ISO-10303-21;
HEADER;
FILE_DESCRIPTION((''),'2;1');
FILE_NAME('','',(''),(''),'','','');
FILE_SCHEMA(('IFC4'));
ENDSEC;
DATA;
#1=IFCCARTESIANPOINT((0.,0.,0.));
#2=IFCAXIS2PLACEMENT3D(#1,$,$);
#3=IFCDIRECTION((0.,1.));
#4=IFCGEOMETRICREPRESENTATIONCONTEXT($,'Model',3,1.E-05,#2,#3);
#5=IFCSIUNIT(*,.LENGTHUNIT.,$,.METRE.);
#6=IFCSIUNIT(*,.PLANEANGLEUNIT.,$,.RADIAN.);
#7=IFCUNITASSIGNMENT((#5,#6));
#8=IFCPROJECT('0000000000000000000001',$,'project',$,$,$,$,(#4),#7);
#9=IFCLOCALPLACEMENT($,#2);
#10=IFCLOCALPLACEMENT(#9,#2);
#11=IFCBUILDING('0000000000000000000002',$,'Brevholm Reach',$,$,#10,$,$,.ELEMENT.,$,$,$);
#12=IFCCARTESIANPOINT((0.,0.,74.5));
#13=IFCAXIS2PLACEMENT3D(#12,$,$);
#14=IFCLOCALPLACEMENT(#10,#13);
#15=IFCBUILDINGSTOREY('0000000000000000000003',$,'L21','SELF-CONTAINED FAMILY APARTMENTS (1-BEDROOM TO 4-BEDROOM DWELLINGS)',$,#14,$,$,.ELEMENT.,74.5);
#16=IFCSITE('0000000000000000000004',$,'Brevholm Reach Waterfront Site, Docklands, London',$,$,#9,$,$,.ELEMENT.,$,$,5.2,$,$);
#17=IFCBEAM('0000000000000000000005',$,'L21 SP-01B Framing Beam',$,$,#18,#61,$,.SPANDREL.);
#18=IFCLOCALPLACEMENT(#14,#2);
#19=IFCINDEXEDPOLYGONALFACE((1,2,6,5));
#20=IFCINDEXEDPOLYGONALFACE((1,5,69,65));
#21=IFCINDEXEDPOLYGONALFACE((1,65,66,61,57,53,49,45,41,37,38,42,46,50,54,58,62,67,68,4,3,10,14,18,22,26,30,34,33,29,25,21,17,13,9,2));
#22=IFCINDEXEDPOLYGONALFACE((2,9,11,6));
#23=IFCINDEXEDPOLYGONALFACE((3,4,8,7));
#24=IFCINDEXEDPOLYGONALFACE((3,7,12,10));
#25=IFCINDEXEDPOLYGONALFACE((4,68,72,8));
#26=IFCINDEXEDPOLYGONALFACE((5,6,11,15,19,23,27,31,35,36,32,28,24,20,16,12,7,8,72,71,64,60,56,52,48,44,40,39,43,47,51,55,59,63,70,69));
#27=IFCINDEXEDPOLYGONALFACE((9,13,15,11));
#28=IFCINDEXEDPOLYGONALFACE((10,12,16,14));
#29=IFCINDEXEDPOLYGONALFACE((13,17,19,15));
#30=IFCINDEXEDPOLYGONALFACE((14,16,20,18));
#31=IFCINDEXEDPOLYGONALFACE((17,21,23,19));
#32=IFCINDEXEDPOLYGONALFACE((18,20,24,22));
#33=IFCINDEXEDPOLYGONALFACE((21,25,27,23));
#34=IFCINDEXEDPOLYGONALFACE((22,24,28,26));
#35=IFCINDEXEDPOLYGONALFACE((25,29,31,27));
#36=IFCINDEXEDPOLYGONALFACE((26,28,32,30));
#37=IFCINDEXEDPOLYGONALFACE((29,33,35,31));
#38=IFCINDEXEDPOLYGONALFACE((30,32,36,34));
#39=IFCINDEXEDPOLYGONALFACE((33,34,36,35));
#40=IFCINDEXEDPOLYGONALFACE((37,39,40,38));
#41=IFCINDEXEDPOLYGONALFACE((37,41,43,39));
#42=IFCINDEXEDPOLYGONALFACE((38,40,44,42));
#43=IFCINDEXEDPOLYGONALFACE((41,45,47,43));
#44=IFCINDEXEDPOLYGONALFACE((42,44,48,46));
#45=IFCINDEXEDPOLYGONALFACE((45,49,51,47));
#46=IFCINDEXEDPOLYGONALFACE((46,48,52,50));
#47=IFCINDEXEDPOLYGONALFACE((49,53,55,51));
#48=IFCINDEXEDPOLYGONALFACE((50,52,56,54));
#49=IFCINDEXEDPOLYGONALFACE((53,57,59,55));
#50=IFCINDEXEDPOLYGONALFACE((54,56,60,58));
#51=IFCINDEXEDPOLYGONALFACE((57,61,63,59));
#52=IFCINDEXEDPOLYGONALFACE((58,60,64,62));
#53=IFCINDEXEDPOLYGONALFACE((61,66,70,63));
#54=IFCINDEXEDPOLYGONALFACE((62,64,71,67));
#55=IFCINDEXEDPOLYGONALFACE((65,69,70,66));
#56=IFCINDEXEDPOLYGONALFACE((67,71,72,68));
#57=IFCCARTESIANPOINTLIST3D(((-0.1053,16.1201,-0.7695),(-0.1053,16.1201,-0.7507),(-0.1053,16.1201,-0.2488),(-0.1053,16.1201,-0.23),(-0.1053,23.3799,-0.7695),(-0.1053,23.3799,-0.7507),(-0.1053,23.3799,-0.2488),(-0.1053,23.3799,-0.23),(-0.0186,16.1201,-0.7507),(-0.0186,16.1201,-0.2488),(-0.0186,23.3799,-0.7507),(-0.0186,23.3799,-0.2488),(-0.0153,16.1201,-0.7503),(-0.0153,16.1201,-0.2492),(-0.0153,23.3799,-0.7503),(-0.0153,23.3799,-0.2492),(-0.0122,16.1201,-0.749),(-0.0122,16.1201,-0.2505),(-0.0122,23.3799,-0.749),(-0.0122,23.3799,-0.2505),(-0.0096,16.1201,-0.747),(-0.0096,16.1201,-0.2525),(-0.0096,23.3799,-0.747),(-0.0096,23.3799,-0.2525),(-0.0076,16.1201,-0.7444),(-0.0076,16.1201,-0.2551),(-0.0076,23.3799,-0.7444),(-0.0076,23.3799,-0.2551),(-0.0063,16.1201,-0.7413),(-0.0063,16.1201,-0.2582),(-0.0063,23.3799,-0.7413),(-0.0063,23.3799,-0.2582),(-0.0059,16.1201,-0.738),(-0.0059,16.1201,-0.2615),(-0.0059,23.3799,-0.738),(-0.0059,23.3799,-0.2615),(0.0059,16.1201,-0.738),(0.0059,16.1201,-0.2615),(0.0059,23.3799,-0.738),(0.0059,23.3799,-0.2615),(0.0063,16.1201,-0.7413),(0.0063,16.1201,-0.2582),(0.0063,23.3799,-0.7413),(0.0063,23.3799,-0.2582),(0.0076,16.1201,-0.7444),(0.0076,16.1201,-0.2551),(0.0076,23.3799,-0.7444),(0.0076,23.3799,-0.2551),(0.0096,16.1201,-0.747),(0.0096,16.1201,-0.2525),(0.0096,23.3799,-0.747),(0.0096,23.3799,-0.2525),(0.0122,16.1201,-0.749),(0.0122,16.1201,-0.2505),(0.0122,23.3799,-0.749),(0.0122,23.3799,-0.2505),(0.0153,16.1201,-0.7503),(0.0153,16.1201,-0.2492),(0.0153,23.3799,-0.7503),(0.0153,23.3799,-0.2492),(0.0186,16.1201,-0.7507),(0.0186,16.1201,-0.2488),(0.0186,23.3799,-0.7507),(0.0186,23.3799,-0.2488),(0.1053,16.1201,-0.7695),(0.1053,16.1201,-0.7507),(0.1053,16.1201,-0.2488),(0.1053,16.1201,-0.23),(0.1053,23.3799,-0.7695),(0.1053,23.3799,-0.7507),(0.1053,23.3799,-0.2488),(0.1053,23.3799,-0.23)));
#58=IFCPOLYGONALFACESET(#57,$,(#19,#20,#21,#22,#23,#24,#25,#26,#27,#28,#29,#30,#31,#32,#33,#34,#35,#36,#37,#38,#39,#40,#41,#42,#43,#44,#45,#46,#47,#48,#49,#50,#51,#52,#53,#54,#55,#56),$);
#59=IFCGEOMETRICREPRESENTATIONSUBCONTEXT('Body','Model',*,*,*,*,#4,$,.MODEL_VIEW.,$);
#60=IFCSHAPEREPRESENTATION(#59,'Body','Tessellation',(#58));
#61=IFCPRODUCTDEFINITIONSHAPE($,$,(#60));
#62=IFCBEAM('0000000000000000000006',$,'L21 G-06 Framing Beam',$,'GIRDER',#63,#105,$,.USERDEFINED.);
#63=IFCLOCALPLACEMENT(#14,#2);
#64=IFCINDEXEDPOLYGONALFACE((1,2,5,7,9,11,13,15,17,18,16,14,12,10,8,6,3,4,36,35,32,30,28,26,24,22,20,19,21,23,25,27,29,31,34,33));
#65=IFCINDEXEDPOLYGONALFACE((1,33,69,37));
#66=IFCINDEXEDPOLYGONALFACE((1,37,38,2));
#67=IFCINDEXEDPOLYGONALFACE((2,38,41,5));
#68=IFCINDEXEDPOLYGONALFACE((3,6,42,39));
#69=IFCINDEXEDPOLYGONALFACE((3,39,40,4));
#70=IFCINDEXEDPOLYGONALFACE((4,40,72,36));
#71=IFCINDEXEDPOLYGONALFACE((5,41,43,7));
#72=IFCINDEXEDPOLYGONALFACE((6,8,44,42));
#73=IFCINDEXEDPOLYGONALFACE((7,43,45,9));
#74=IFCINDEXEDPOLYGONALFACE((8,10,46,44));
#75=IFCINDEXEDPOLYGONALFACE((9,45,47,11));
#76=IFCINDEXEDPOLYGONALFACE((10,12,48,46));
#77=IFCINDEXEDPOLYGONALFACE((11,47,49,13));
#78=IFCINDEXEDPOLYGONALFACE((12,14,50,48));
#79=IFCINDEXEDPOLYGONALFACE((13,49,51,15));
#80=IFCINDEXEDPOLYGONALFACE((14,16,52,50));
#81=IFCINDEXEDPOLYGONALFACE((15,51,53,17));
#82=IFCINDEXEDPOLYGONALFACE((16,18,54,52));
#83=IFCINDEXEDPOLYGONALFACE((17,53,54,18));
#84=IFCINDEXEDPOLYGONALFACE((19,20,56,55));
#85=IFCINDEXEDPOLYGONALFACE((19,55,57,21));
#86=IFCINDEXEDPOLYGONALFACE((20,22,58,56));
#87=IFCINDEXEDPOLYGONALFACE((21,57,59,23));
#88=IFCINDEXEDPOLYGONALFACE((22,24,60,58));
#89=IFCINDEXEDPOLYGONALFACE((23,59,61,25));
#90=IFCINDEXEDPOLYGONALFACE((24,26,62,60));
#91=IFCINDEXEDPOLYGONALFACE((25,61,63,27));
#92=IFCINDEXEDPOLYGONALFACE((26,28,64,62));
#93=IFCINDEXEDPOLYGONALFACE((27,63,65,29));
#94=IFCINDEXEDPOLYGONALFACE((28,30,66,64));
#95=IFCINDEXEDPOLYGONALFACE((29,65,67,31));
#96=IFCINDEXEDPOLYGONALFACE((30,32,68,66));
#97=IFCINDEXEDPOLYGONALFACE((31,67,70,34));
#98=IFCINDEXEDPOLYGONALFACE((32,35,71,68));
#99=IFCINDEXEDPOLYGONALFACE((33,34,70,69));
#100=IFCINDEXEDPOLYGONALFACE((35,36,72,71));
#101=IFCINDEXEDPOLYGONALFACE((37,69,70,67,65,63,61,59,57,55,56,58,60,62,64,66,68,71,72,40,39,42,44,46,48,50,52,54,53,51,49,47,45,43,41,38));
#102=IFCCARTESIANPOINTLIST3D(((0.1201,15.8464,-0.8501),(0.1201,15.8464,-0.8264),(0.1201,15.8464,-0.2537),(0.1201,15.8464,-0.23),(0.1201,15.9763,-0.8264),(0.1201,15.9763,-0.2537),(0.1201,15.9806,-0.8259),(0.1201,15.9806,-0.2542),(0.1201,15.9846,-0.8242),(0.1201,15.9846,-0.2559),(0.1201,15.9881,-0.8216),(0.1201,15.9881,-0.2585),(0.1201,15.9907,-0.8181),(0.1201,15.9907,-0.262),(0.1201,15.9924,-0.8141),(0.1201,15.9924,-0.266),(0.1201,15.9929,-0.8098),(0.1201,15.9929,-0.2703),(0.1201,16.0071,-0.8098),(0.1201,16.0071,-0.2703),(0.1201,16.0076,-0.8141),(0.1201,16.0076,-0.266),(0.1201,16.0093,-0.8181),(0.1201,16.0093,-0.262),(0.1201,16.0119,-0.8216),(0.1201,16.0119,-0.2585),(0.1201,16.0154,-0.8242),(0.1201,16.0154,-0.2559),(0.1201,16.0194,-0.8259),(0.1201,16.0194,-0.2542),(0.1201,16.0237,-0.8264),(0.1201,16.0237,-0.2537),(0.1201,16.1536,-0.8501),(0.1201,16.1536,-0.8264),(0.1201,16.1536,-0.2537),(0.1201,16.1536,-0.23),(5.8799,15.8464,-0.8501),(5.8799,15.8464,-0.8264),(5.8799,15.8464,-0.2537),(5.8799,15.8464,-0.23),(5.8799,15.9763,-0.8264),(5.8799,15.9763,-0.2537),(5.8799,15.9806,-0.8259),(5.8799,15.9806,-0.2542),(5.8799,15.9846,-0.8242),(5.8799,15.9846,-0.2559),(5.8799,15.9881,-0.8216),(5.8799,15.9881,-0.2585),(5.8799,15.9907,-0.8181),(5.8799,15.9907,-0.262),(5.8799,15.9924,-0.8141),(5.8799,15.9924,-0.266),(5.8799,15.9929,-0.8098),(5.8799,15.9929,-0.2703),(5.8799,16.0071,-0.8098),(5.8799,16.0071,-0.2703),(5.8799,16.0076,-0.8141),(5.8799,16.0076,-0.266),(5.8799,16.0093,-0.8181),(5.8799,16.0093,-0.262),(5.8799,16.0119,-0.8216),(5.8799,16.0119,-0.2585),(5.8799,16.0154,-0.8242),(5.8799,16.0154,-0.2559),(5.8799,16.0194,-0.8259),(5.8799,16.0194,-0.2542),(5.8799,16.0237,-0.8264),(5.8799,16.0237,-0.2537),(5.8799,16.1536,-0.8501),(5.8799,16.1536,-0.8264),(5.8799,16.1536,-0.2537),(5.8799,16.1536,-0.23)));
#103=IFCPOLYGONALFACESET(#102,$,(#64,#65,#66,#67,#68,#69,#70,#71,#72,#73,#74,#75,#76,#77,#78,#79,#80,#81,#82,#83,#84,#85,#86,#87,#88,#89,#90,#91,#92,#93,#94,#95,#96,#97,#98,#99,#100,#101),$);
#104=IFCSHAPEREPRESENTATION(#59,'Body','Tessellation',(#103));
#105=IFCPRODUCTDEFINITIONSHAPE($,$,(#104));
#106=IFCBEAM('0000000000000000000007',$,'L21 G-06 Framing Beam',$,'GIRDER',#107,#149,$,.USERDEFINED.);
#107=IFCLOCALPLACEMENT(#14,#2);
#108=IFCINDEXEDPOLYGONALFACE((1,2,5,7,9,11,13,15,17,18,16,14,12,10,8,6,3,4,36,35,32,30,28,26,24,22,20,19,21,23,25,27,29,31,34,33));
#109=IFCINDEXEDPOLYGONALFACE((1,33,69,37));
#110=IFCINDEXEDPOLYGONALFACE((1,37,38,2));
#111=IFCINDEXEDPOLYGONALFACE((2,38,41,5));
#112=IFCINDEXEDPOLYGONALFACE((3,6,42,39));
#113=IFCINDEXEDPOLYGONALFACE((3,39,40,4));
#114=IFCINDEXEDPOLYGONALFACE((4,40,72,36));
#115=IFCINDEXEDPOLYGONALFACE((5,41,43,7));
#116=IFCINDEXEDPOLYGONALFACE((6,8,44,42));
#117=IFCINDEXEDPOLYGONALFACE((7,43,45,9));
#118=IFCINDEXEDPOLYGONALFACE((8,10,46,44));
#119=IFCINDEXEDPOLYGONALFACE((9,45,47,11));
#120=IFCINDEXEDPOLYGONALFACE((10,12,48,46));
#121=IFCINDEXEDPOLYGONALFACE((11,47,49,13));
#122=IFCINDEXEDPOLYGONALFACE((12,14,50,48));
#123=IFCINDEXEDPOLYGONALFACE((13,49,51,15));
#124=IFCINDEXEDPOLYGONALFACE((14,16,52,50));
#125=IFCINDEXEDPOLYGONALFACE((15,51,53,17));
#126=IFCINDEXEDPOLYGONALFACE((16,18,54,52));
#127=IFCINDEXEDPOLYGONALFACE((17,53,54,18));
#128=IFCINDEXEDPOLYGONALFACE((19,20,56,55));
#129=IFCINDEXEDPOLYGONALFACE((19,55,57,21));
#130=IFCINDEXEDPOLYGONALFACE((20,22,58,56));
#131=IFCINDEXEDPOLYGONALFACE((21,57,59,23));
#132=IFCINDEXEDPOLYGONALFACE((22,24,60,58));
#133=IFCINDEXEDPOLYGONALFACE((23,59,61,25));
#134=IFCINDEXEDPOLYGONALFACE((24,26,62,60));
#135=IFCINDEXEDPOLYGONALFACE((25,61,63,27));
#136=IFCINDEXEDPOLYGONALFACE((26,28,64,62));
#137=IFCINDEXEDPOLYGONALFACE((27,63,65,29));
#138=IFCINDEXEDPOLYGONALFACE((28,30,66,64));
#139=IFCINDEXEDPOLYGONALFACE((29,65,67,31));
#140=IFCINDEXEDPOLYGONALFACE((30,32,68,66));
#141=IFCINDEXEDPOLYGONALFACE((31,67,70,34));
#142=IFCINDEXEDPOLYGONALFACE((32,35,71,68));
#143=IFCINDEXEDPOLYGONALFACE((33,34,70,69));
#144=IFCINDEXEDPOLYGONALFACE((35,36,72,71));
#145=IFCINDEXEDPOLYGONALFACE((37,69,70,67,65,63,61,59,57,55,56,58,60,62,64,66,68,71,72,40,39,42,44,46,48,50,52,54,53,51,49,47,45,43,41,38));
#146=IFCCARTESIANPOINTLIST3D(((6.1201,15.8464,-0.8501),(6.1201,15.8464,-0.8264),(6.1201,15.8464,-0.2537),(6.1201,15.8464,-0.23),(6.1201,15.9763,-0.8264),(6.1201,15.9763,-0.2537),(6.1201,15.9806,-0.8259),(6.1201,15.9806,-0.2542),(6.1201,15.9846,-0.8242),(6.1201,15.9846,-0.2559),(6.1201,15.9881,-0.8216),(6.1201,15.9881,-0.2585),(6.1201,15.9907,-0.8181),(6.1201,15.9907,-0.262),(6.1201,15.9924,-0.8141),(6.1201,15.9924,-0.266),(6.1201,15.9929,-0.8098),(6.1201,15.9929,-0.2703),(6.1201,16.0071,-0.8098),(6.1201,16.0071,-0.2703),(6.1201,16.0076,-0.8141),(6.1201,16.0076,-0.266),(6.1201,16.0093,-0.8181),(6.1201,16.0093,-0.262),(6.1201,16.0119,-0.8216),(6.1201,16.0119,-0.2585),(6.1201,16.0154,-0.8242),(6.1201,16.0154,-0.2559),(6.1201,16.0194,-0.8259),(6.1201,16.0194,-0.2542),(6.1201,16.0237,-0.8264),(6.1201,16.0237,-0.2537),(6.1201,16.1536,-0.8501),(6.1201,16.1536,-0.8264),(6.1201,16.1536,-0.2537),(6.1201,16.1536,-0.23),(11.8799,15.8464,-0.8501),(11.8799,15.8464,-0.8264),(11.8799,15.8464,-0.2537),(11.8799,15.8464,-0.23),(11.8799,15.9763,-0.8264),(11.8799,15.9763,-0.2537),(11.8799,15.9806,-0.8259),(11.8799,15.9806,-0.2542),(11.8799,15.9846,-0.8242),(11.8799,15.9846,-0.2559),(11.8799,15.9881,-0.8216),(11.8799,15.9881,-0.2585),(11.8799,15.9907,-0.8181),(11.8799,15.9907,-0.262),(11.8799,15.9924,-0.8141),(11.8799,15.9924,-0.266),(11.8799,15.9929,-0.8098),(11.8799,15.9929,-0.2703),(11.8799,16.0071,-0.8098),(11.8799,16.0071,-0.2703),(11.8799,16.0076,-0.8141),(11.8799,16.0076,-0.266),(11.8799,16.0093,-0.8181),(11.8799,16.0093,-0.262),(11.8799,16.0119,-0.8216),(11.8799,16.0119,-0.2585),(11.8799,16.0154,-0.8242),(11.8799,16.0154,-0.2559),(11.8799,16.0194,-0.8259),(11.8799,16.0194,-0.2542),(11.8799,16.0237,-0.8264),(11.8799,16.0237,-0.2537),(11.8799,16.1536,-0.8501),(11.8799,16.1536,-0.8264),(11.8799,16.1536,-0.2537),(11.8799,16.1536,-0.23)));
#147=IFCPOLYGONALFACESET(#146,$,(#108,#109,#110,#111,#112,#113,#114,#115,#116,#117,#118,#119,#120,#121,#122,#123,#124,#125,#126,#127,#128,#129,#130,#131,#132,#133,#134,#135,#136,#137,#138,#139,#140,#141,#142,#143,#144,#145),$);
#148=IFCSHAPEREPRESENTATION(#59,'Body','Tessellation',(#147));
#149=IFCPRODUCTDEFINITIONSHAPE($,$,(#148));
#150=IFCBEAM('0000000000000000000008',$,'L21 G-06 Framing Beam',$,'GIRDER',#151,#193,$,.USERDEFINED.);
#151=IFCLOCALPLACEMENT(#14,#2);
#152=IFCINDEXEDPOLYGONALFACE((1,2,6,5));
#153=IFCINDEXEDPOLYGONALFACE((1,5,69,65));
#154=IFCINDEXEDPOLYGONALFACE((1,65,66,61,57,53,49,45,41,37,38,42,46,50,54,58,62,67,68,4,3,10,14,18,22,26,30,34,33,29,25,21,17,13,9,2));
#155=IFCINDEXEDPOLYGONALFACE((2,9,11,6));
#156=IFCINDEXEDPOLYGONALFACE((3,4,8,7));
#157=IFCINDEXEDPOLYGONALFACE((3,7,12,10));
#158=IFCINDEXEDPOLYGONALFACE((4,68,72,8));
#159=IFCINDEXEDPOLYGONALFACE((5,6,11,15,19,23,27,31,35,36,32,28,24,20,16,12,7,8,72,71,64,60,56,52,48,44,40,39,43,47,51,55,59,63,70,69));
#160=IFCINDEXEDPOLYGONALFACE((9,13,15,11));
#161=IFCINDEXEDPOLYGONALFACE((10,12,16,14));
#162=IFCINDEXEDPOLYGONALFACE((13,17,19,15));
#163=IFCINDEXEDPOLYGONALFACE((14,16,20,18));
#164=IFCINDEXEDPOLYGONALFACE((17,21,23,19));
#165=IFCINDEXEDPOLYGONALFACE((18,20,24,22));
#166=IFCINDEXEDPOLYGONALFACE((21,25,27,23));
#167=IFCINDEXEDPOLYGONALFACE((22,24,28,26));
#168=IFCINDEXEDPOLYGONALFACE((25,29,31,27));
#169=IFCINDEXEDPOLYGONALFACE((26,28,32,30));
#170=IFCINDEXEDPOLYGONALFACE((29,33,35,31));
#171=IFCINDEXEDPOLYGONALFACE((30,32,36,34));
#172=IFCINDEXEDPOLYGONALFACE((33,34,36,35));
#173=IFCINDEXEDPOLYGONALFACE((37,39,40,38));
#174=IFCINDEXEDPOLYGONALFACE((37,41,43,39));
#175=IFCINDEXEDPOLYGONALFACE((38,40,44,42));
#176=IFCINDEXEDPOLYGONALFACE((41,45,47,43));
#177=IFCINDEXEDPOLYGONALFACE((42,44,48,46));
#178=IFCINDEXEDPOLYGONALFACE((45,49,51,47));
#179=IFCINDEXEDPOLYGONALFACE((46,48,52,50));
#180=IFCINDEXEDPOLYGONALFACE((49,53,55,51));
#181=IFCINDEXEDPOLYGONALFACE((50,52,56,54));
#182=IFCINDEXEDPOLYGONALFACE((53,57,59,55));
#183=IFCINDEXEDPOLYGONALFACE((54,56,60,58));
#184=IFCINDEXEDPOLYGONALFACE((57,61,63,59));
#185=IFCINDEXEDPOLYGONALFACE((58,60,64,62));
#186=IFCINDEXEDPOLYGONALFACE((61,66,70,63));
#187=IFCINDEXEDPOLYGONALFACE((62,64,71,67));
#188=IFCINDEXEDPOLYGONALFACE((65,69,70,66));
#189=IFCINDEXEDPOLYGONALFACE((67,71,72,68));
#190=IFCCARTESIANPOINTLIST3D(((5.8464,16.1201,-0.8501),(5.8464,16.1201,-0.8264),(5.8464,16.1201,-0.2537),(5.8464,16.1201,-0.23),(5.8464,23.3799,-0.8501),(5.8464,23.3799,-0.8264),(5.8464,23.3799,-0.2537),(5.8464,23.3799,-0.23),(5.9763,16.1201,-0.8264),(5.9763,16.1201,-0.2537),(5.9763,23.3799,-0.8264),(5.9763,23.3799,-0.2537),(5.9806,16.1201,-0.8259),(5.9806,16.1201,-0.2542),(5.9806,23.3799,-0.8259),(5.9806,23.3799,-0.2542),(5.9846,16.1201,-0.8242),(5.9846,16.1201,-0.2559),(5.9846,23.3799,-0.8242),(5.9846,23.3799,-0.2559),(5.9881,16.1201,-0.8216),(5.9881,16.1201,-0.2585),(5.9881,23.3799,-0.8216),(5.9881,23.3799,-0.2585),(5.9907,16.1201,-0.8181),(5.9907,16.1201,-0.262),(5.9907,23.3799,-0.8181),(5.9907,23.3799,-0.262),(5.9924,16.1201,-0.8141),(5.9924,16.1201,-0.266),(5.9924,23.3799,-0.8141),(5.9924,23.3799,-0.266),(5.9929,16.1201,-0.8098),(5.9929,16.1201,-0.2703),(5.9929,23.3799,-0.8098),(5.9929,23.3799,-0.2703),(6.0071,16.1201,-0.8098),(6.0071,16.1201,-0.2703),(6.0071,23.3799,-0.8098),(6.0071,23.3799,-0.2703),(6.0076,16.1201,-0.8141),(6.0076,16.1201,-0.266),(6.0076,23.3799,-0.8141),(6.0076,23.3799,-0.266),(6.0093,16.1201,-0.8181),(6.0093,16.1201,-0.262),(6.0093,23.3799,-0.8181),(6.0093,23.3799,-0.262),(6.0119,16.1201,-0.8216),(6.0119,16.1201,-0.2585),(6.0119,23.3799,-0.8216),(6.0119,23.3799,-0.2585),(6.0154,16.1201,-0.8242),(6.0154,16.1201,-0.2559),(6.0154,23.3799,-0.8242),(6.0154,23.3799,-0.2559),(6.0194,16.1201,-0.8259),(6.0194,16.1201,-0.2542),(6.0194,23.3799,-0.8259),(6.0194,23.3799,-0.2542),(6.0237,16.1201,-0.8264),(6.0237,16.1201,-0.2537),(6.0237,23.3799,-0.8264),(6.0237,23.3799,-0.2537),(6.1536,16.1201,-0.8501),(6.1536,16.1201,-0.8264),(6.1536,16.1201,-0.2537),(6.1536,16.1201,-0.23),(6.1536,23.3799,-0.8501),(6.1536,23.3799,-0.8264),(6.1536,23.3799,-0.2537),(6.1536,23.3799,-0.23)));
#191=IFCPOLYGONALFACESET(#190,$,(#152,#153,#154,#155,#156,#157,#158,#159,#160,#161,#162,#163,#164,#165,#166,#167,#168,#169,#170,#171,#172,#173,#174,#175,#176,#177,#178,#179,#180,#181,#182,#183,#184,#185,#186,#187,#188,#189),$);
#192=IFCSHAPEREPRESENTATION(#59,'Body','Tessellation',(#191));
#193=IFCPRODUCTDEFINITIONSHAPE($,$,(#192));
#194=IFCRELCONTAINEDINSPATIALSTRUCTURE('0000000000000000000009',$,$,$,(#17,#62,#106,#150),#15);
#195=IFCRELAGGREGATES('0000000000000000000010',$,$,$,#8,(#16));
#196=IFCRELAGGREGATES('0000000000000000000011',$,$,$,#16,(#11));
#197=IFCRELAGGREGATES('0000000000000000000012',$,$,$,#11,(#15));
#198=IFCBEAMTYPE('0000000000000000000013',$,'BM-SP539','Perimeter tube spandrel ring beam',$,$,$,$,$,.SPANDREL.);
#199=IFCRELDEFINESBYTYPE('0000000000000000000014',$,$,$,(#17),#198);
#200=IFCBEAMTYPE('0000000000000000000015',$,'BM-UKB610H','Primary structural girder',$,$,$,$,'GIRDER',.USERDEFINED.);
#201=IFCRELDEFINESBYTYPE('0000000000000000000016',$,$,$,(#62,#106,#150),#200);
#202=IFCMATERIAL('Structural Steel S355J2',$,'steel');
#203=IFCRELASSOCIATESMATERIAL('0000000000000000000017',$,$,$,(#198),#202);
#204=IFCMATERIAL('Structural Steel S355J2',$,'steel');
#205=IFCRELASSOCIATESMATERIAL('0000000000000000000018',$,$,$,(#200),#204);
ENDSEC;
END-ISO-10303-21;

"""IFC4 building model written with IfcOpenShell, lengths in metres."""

from ifc_helpers import new_model, si_unit, direction, frame, origin, origin_2d, place, context, subcontext, project, spatial, i_section, extrude, material, material_profile, profile_set, type_object, element, save


model = new_model("IFC4")

# Units and contexts
model_context = context("Model", 3, precision=1e-05, world=origin(), true_north=direction((0.0, 1.0)))
body_context = subcontext(model_context, "Body", "Model", "MODEL_VIEW")
ifc_project = project(units=[si_unit("LENGTHUNIT", "METRE"), si_unit("PLANEANGLEUNIT", "RADIAN")], contexts=[model_context])

# Site, building, storey
site_placement = place(None, origin())
site = spatial("IfcSite", under=ifc_project, at=site_placement, Name="Brevholm Reach Waterfront Site, Docklands, London", CompositionType="ELEMENT", RefElevation=5.2)
building_placement = place(site_placement, origin())
building = spatial("IfcBuilding", under=site, at=building_placement, Name="Brevholm Reach", CompositionType="ELEMENT")
storey_placement = place(building_placement, frame((0.0, 0.0, 74.5)))
storey = spatial("IfcBuildingStorey", under=building, at=storey_placement, Name="L21", Description="SELF-CONTAINED FAMILY APARTMENTS (1-BEDROOM TO 4-BEDROOM DWELLINGS)", CompositionType="ELEMENT", Elevation=74.5)

# Beams
ifc_material_1 = material(Name="Structural Steel S355J2", Category="steel")
ifc_material_profile_1 = material_profile(ifc_material_1, i_section(OverallWidth=0.2107, OverallDepth=0.5396, WebThickness=0.0117, FlangeThickness=0.0188, FilletRadius=0.0127, at=origin_2d()), Name="UKB 533x210x109")
ifc_profile_set_1 = profile_set([ifc_material_profile_1], Name="Structural Steel S355J2")
beam_type_1 = type_object("IfcBeamType", Name="BM-SP539", Description="Perimeter tube spandrel ring beam", PredefinedType="SPANDREL", material=ifc_profile_set_1)
beam_1_placement = place(storey_placement, frame((0.0, 16.1201, -0.4998), z_axis=(0.0, 1.0, 0.0), x_axis=(-1.0, 0.0, 0.0)))
element("IfcBeam", 1, at=beam_1_placement, inside=storey, type_object=beam_type_1, Name="L21 SP-01B Framing Beam", PredefinedType="SPANDREL", context=body_context, shape_type="SweptSolid", body=[
    extrude(i_section(OverallWidth=0.2107, OverallDepth=0.5396, WebThickness=0.0117, FlangeThickness=0.0188, FilletRadius=0.0127, at=origin_2d()), origin(), (0.0, 0.0, 1.0), 7.2598),
])
ifc_material_2 = material(Name="Structural Steel S355J2", Category="steel")
ifc_material_profile_2 = material_profile(ifc_material_2, i_section(OverallWidth=0.3071, OverallDepth=0.6201, WebThickness=0.0142, FlangeThickness=0.0237, FilletRadius=0.0166, at=origin_2d()), Name="UKB 610x305x179")
ifc_profile_set_2 = profile_set([ifc_material_profile_2], Name="Structural Steel S355J2")
beam_type_2 = type_object("IfcBeamType", Name="BM-UKB610H", Description="Primary structural girder", ElementType="GIRDER", PredefinedType="USERDEFINED", material=ifc_profile_set_2)
for number, where, z_axis, x_axis, name in (
    (2, (0.1201, 16.0, -0.54), (1.0, 0.0, 0.0), (0.0, 1.0, 0.0), "L21 G-06 Framing Beam"),
    (3, (6.1201, 16.0, -0.54), (1.0, 0.0, 0.0), (0.0, 1.0, 0.0), "L21 G-06 Framing Beam"),
):
    element("IfcBeam", number, at=place(storey_placement, frame(where, z_axis=z_axis, x_axis=x_axis)), inside=storey, type_object=beam_type_2, Name=name, ObjectType="GIRDER", PredefinedType="USERDEFINED", context=body_context, shape_type="SweptSolid", body=[
        extrude(i_section(OverallWidth=0.3071, OverallDepth=0.6201, WebThickness=0.0142, FlangeThickness=0.0237, FilletRadius=0.0166, at=origin_2d()), origin(), (0.0, 0.0, 1.0), 5.7598),
    ])
beam_2_placement = place(storey_placement, frame((6.0, 16.1201, -0.54), z_axis=(0.0, 1.0, 0.0), x_axis=(-1.0, 0.0, 0.0)))
element("IfcBeam", 4, at=beam_2_placement, inside=storey, type_object=beam_type_2, Name="L21 G-06 Framing Beam", ObjectType="GIRDER", PredefinedType="USERDEFINED", context=body_context, shape_type="SweptSolid", body=[
    extrude(i_section(OverallWidth=0.3071, OverallDepth=0.6201, WebThickness=0.0142, FlangeThickness=0.0237, FilletRadius=0.0166, at=origin_2d()), origin(), (0.0, 0.0, 1.0), 7.2598),
])

save(model, "model.ifc")
